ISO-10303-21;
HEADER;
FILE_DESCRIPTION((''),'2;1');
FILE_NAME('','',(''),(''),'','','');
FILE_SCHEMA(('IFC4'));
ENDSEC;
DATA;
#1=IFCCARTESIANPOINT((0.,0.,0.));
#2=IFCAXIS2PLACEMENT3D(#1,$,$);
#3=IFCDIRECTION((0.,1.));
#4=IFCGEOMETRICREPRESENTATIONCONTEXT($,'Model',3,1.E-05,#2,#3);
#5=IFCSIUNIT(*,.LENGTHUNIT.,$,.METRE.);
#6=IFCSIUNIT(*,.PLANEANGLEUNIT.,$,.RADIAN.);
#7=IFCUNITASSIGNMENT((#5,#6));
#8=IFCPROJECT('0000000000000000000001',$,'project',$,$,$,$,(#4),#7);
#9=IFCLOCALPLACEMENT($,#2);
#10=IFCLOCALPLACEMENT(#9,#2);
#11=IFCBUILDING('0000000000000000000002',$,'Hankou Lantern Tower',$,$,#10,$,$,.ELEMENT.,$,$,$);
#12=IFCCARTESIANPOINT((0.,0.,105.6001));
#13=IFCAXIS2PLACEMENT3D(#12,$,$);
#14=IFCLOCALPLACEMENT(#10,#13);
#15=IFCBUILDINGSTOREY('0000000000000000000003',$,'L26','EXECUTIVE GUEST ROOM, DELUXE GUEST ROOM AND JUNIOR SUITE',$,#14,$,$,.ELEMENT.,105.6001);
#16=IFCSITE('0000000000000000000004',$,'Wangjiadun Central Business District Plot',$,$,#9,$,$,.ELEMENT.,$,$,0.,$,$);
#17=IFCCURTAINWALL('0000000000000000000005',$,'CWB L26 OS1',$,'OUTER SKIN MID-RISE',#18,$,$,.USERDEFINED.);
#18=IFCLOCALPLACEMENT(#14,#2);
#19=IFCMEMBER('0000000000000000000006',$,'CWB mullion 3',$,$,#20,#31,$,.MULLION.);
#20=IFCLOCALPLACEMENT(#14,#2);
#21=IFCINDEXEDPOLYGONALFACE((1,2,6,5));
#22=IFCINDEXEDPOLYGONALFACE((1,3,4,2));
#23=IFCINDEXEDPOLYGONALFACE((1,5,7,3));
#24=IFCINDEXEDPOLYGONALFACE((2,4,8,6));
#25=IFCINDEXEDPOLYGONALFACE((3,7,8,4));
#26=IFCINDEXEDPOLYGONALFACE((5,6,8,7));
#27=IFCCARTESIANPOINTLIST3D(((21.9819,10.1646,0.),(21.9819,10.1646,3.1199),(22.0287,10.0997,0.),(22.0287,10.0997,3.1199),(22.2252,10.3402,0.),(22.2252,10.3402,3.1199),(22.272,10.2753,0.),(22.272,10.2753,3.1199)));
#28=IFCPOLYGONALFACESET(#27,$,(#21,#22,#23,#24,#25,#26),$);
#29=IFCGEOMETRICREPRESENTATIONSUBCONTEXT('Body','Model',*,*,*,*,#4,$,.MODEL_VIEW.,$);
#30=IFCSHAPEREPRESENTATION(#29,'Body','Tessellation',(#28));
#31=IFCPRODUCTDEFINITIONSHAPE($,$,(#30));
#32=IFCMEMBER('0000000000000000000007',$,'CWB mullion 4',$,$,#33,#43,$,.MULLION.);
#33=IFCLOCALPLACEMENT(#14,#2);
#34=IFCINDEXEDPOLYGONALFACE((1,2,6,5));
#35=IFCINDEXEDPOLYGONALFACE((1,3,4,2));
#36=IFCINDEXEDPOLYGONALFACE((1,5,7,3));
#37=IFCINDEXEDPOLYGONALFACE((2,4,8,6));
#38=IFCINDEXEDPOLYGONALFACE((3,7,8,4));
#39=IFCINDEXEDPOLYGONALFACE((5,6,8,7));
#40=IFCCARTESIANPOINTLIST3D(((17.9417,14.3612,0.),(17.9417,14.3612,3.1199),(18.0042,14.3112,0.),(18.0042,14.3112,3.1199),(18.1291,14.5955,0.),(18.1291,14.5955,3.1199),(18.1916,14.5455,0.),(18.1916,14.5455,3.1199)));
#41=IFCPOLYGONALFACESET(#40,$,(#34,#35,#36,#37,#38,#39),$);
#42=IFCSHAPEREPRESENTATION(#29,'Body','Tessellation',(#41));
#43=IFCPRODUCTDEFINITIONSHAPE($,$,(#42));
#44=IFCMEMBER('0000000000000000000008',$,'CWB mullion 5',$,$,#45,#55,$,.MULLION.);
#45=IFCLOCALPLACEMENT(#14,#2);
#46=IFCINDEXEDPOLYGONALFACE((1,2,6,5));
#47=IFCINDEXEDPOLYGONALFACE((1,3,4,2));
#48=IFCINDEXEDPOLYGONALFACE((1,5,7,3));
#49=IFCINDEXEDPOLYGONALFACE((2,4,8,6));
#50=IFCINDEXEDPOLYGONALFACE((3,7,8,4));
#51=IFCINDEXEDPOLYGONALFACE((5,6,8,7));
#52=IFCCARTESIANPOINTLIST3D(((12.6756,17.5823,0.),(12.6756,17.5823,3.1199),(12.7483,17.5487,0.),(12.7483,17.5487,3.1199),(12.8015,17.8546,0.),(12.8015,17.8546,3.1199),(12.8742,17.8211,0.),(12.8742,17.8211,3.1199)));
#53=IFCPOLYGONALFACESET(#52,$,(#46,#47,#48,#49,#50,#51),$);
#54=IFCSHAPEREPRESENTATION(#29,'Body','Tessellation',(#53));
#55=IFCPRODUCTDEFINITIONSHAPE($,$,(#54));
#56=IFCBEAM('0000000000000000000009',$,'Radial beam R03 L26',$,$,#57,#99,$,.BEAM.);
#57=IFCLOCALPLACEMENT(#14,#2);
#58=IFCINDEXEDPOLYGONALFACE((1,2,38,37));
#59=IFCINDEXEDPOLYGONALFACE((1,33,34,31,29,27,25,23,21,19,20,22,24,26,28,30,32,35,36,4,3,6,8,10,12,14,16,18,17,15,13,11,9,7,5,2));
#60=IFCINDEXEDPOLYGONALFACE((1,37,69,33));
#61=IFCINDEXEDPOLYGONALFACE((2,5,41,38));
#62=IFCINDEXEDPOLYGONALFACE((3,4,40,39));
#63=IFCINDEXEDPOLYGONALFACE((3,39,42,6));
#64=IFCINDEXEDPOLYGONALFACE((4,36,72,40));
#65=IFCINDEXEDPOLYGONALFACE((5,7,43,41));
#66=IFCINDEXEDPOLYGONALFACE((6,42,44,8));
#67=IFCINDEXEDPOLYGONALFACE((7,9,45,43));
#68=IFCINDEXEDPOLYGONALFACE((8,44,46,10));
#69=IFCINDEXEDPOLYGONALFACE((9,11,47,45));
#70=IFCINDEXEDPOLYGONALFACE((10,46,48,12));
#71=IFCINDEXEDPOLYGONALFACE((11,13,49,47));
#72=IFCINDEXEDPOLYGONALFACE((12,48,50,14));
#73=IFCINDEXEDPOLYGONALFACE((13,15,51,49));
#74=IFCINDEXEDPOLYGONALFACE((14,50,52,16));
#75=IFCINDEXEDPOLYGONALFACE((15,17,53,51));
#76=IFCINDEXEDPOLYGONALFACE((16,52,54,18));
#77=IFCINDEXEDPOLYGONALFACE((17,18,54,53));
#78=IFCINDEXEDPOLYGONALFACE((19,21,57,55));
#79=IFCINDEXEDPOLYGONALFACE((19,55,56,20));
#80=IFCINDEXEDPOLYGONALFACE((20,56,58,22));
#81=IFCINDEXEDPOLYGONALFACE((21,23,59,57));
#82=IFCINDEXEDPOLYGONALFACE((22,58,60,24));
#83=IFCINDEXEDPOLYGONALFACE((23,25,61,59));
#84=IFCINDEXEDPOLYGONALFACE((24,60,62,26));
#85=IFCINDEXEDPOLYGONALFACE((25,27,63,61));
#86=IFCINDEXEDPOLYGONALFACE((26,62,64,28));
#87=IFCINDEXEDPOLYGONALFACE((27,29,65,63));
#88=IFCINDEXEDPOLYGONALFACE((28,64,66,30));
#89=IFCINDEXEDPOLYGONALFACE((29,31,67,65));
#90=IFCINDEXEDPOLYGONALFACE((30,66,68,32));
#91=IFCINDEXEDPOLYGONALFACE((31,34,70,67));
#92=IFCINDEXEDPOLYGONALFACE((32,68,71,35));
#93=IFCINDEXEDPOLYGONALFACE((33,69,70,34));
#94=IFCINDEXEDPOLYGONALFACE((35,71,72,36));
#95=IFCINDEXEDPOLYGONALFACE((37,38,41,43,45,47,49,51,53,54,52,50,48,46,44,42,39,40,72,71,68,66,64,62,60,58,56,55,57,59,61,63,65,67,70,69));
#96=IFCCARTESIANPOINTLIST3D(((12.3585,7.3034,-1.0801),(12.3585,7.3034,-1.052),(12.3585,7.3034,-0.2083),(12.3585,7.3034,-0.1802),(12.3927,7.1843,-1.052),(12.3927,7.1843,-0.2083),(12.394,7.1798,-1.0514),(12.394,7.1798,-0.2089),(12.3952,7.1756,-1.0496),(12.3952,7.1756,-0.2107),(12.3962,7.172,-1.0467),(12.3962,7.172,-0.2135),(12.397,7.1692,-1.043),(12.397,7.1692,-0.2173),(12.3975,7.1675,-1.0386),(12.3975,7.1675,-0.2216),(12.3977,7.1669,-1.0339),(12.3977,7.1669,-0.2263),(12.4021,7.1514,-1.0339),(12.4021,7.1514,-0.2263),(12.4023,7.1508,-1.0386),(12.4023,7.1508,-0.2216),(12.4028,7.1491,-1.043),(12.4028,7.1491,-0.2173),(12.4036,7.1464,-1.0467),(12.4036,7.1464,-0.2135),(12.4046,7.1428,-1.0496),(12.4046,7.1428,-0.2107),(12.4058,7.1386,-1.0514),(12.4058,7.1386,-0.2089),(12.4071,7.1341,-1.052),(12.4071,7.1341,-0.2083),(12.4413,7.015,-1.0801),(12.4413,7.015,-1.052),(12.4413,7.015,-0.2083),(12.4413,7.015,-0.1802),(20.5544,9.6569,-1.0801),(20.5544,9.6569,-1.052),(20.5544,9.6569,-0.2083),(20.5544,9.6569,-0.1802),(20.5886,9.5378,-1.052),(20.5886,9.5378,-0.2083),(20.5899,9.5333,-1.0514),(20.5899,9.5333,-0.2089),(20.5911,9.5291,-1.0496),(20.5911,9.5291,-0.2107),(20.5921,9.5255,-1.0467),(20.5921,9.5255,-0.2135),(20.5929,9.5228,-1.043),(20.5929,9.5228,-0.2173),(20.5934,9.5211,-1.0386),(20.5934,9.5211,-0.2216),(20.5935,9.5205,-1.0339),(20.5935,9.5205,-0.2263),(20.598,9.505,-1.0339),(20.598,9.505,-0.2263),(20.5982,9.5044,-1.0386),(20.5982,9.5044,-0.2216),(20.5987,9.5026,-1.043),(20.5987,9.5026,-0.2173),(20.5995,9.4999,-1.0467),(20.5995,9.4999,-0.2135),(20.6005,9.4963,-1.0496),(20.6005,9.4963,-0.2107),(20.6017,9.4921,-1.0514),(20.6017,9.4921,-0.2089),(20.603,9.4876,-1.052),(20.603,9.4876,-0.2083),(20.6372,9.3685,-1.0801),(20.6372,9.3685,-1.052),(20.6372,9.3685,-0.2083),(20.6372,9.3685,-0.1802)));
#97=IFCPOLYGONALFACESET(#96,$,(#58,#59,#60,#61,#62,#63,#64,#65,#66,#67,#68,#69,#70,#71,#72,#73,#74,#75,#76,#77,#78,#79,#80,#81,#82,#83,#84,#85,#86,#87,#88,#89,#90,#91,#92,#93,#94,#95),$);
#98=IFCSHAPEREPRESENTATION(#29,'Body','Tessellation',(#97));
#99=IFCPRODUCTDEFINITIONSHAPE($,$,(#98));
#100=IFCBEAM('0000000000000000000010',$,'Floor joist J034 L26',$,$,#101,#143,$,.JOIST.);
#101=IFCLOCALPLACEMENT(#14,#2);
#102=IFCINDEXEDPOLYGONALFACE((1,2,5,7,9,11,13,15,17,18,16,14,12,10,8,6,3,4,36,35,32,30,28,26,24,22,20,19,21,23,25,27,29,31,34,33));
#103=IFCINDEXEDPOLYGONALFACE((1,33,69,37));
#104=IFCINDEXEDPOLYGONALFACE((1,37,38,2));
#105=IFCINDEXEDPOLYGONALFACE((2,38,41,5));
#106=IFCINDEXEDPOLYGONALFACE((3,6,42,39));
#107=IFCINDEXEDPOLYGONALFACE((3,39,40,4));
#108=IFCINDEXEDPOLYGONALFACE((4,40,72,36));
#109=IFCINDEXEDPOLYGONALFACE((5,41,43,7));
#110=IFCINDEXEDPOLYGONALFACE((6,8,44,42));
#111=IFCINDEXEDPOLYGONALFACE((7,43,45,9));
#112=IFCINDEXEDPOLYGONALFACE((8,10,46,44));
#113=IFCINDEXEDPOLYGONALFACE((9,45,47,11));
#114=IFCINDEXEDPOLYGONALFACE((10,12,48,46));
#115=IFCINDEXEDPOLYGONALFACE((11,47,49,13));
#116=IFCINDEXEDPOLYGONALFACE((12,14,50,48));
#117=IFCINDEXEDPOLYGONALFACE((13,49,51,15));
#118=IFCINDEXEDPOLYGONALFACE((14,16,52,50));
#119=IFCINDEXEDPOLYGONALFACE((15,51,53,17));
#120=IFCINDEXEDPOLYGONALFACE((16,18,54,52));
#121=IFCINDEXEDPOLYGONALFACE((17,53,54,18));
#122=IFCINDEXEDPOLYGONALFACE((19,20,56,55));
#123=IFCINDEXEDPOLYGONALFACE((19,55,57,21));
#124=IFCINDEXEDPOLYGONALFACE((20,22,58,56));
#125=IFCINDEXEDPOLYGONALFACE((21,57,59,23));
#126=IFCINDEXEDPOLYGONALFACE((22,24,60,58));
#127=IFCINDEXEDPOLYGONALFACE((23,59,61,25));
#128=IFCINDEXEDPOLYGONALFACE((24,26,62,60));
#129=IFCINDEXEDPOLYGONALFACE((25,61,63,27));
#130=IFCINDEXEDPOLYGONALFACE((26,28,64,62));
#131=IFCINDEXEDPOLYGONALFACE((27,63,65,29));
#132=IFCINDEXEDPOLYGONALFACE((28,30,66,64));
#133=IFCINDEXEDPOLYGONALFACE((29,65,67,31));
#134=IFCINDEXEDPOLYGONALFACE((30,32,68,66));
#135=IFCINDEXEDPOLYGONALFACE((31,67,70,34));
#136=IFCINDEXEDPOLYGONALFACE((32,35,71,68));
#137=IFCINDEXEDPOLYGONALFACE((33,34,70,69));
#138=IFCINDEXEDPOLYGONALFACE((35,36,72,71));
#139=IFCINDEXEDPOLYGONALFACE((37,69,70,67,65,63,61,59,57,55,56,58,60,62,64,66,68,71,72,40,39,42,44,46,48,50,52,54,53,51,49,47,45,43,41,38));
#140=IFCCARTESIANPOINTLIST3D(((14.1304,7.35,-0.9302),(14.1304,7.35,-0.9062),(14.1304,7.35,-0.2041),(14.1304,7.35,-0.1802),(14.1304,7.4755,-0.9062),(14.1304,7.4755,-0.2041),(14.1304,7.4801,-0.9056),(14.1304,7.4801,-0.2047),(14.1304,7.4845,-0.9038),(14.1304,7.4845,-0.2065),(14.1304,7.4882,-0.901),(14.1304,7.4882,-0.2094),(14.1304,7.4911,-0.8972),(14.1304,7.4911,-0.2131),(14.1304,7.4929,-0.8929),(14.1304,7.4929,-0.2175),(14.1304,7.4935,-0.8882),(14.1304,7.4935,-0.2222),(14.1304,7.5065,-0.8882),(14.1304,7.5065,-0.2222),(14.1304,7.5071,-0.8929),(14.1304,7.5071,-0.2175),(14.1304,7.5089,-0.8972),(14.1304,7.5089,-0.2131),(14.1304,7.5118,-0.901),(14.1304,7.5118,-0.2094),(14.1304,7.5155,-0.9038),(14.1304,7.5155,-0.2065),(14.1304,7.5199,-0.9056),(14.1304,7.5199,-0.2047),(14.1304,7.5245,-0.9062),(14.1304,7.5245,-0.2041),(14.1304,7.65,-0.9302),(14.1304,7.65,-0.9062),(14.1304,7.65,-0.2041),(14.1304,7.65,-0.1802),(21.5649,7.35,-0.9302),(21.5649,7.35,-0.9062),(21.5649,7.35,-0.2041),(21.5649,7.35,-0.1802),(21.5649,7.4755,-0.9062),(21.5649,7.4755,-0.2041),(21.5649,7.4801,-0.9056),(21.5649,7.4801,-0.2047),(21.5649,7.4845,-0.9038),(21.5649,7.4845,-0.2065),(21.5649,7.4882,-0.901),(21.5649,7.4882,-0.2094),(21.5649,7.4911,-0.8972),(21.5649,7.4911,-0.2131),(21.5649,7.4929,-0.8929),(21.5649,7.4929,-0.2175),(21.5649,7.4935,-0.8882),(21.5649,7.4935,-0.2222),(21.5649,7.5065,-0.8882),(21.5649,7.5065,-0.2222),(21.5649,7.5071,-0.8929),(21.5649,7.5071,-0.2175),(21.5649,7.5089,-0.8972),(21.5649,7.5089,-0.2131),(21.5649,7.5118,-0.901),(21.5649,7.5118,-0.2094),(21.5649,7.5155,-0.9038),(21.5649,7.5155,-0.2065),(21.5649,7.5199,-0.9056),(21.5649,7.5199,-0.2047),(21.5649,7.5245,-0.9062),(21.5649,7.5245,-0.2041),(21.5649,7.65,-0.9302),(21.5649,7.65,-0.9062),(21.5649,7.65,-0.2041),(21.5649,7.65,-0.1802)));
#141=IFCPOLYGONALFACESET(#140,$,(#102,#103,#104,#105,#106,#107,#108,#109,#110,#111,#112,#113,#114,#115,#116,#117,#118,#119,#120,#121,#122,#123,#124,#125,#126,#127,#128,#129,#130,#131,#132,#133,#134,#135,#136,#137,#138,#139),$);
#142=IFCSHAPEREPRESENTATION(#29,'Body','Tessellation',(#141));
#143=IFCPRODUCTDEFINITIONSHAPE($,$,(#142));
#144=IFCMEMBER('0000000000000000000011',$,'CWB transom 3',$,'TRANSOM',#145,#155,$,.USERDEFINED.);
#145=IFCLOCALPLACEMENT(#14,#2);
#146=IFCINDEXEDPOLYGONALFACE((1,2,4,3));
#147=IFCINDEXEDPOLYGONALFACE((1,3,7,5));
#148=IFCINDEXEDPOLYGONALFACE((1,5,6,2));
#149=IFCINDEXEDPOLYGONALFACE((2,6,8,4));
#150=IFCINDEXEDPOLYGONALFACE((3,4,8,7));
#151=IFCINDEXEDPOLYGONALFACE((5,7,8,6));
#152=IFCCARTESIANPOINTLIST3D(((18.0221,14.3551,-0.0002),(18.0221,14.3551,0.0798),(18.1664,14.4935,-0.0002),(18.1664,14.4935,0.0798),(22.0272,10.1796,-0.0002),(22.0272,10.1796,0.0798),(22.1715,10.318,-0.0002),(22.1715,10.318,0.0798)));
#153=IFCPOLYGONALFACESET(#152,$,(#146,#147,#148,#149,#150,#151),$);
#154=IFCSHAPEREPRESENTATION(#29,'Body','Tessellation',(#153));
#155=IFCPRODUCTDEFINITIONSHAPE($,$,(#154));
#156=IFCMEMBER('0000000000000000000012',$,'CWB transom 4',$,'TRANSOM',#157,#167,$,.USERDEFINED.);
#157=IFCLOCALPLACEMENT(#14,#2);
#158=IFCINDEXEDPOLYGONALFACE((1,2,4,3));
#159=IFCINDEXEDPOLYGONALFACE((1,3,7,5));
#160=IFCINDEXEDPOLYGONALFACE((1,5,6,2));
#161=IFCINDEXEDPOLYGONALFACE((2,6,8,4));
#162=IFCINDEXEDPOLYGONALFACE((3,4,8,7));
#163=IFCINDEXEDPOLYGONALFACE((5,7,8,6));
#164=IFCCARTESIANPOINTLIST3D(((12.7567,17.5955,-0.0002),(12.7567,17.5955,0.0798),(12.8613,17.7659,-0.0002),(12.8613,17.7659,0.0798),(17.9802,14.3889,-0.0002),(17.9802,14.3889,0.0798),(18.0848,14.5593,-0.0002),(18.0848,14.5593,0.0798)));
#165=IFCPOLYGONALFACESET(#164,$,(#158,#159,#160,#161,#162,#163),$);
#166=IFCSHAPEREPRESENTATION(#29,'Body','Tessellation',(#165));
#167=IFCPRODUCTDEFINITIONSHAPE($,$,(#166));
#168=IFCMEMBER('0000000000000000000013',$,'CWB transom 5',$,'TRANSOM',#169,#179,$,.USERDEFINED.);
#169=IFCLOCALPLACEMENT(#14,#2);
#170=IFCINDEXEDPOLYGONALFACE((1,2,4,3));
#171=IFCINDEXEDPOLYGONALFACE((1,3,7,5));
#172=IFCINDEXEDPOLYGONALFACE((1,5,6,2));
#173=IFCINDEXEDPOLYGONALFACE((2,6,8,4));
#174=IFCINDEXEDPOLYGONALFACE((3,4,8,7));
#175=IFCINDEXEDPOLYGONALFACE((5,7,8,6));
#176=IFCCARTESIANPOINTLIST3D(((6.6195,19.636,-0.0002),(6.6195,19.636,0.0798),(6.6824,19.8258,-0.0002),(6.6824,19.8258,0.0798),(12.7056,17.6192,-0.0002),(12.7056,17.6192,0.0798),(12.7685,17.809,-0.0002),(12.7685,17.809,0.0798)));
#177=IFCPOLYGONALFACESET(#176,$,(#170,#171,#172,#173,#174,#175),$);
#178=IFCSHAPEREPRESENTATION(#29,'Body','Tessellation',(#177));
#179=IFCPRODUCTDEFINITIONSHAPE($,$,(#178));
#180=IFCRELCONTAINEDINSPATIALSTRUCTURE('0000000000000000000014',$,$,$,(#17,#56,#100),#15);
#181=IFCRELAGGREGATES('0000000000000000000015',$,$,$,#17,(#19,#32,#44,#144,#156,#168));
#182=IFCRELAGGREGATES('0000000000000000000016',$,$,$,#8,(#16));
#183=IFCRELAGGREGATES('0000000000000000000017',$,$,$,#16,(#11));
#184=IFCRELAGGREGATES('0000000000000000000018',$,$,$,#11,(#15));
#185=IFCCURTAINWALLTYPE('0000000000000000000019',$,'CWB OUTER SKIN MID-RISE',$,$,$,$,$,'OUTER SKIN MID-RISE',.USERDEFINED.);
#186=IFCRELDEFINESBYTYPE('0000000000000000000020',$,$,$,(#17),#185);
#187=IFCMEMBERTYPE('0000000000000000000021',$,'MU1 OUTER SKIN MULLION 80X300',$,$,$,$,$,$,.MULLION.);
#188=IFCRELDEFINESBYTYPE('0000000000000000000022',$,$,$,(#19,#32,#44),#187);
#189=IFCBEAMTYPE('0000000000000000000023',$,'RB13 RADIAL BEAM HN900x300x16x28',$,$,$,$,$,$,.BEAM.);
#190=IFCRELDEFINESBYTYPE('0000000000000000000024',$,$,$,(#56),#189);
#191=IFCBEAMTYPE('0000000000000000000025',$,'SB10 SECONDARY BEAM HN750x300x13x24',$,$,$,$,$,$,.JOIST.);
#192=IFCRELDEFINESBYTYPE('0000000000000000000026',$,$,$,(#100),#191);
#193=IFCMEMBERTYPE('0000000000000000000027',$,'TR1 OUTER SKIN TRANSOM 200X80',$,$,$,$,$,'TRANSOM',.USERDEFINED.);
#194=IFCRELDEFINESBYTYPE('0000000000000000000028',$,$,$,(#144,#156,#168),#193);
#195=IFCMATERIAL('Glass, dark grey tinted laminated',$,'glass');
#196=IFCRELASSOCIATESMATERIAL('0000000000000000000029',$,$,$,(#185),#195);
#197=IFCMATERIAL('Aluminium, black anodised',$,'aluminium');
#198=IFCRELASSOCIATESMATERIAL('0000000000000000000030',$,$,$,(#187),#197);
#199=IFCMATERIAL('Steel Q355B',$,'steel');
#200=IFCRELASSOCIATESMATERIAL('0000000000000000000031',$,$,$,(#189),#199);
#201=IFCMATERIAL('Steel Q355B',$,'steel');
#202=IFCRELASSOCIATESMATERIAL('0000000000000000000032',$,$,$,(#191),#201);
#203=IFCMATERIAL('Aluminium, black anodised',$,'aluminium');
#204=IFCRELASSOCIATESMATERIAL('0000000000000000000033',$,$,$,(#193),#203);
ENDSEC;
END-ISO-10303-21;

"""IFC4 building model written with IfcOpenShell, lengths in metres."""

from ifc_helpers import new_model, si_unit, direction, frame, origin, origin_2d, place, context, subcontext, project, spatial, rectangle, i_section, extrude, material, material_profile, profile_set, type_object, element, aggregate, save


model = new_model("IFC4")

# Units and contexts
model_context = context("Model", 3, precision=1e-05, world=origin(), true_north=direction((0.0, 1.0)))
body_context = subcontext(model_context, "Body", "Model", "MODEL_VIEW")
ifc_project = project(units=[si_unit("LENGTHUNIT", "METRE"), si_unit("PLANEANGLEUNIT", "RADIAN")], contexts=[model_context])

# Site, building, storey
site_placement = place(None, origin())
site = spatial("IfcSite", under=ifc_project, at=site_placement, Name="Wangjiadun Central Business District Plot", CompositionType="ELEMENT", RefElevation=0.0)
building_placement = place(site_placement, origin())
building = spatial("IfcBuilding", under=site, at=building_placement, Name="Hankou Lantern Tower", CompositionType="ELEMENT")
storey_placement = place(building_placement, frame((0.0, 0.0, 105.6001)))
storey = spatial("IfcBuildingStorey", under=building, at=storey_placement, Name="L26", Description="EXECUTIVE GUEST ROOM, DELUXE GUEST ROOM AND JUNIOR SUITE", CompositionType="ELEMENT", Elevation=105.6001)

# Curtain wall, members
ifc_material_1 = material(Name="Glass, dark grey tinted laminated", Category="glass")
curtain_wall_type = type_object("IfcCurtainWallType", Name="CWB OUTER SKIN MID-RISE", ElementType="OUTER SKIN MID-RISE", PredefinedType="USERDEFINED", material=ifc_material_1)
curtain_wall_placement = place(storey_placement, origin())
curtain_wall = element("IfcCurtainWall", 1, at=curtain_wall_placement, inside=storey, type_object=curtain_wall_type, Name="CWB L26 OS1", ObjectType="OUTER SKIN MID-RISE", PredefinedType="USERDEFINED")
ifc_material_2 = material(Name="Aluminium, black anodised", Category="aluminium")
ifc_material_profile_1 = material_profile(ifc_material_2, rectangle(XDim=0.0801, YDim=0.3, at=origin_2d()), Name="MU1 80X300")
ifc_profile_set_1 = profile_set([ifc_material_profile_1], Name="Aluminium, black anodised")
member_type_1 = type_object("IfcMemberType", Name="MU1 OUTER SKIN MULLION 80X300", PredefinedType="MULLION", material=ifc_profile_set_1)
member_1_placement = place(storey_placement, frame((22.127, 10.22, 0.0), z_axis=(0.0, 0.0, 1.0), x_axis=(-0.585206, 0.810885, 0.0)))
member_1 = element("IfcMember", 2, at=member_1_placement, type_object=member_type_1, Name="CWB mullion 3", PredefinedType="MULLION", context=body_context, shape_type="SweptSolid", body=[
    extrude(rectangle(XDim=0.0801, YDim=0.3, at=origin_2d()), origin(), (0.0, 0.0, 1.0), 3.1199),
])
member_2_placement = place(storey_placement, frame((18.0667, 14.4534, 0.0), z_axis=(0.0, 0.0, 1.0), x_axis=(-0.780869, 0.624695, 0.0)))
member_2 = element("IfcMember", 3, at=member_2_placement, type_object=member_type_1, Name="CWB mullion 4", PredefinedType="MULLION", context=body_context, shape_type="SweptSolid", body=[
    extrude(rectangle(XDim=0.0801, YDim=0.3, at=origin_2d()), origin(), (0.0, 0.0, 1.0), 3.1199),
])
member_3_placement = place(storey_placement, frame((12.7749, 17.7017, 0.0), z_axis=(0.0, 0.0, 1.0), x_axis=(-0.907841, 0.419314, 0.0)))
member_3 = element("IfcMember", 4, at=member_3_placement, type_object=member_type_1, Name="CWB mullion 5", PredefinedType="MULLION", context=body_context, shape_type="SweptSolid", body=[
    extrude(rectangle(XDim=0.0801, YDim=0.3, at=origin_2d()), origin(), (0.0, 0.0, 1.0), 3.1199),
])

# Beams
ifc_material_3 = material(Name="Steel Q355B", Category="steel")
ifc_material_profile_2 = material_profile(ifc_material_3, i_section(OverallWidth=0.3, OverallDepth=0.8999, WebThickness=0.0161, FlangeThickness=0.0281, FilletRadius=0.0181, at=origin_2d()), Name="HN900x300x16x28")
ifc_profile_set_2 = profile_set([ifc_material_profile_2], Name="Steel Q355B")
beam_type_1 = type_object("IfcBeamType", Name="RB13 RADIAL BEAM HN900x300x16x28", PredefinedType="BEAM", material=ifc_profile_set_2)
beam_1_placement = place(storey_placement, frame((12.3999, 7.1592, -0.6301), z_axis=(0.961156, 0.276007, 0.0), x_axis=(-0.276007, 0.961156, 0.0)))
element("IfcBeam", 5, at=beam_1_placement, inside=storey, type_object=beam_type_1, Name="Radial beam R03 L26", PredefinedType="BEAM", context=body_context, shape_type="SweptSolid", body=[
    extrude(i_section(OverallWidth=0.3, OverallDepth=0.8999, WebThickness=0.0161, FlangeThickness=0.0281, FilletRadius=0.0181, at=origin_2d()), origin(), (0.0, 0.0, 1.0), 8.5271),
])
ifc_material_4 = material(Name="Steel Q355B", Category="steel")
ifc_material_profile_3 = material_profile(ifc_material_4, i_section(OverallWidth=0.3, OverallDepth=0.75, WebThickness=0.0129, FlangeThickness=0.0239, FilletRadius=0.0181, at=origin_2d()), Name="HN750x300x13x24")
ifc_profile_set_3 = profile_set([ifc_material_profile_3], Name="Steel Q355B")
beam_type_2 = type_object("IfcBeamType", Name="SB10 SECONDARY BEAM HN750x300x13x24", PredefinedType="JOIST", material=ifc_profile_set_3)
beam_2_placement = place(storey_placement, frame((14.1304, 7.5, -0.5552), z_axis=(1.0, 0.0, 0.0), x_axis=(0.0, 1.0, 0.0)))
element("IfcBeam", 6, at=beam_2_placement, inside=storey, type_object=beam_type_2, Name="Floor joist J034 L26", PredefinedType="JOIST", context=body_context, shape_type="SweptSolid", body=[
    extrude(i_section(OverallWidth=0.3, OverallDepth=0.75, WebThickness=0.0129, FlangeThickness=0.0239, FilletRadius=0.0181, at=origin_2d()), origin(), (0.0, 0.0, 1.0), 7.4346),
])

# Members
ifc_material_5 = material(Name="Aluminium, black anodised", Category="aluminium")
ifc_material_profile_4 = material_profile(ifc_material_5, rectangle(XDim=0.2, YDim=0.0801, at=origin_2d()), Name="TR1 200X80")
ifc_profile_set_4 = profile_set([ifc_material_profile_4], Name="Aluminium, black anodised")
member_type_2 = type_object("IfcMemberType", Name="TR1 OUTER SKIN TRANSOM 200X80", ElementType="TRANSOM", PredefinedType="USERDEFINED", material=ifc_profile_set_4)
member_4_placement = place(storey_placement, frame((22.0994, 10.2488, 0.0398), z_axis=(-0.692227, 0.72168, 0.0), x_axis=(-0.72168, -0.692227, 0.0)))
member_4 = element("IfcMember", 7, at=member_4_placement, type_object=member_type_2, Name="CWB transom 3", ObjectType="TRANSOM", PredefinedType="USERDEFINED", context=body_context, shape_type="SweptSolid", body=[
    extrude(rectangle(XDim=0.2, YDim=0.0801, at=origin_2d()), origin(), (0.0, 0.0, 1.0), 5.7859),
])
member_5_placement = place(storey_placement, frame((18.0325, 14.4741, 0.0398), z_axis=(-0.852229, 0.523168, 0.0), x_axis=(-0.523168, -0.852229, 0.0)))
member_5 = element("IfcMember", 8, at=member_5_placement, type_object=member_type_2, Name="CWB transom 4", ObjectType="TRANSOM", PredefinedType="USERDEFINED", context=body_context, shape_type="SweptSolid", body=[
    extrude(rectangle(XDim=0.2, YDim=0.0801, at=origin_2d()), origin(), (0.0, 0.0, 1.0), 6.1292),
])
member_6_placement = place(storey_placement, frame((12.7371, 17.7141, 0.0398), z_axis=(-0.949238, 0.314559, 0.0), x_axis=(-0.314559, -0.949238, 0.0)))
member_6 = element("IfcMember", 9, at=member_6_placement, type_object=member_type_2, Name="CWB transom 5", ObjectType="TRANSOM", PredefinedType="USERDEFINED", context=body_context, shape_type="SweptSolid", body=[
    extrude(rectangle(XDim=0.2, YDim=0.0801, at=origin_2d()), origin(), (0.0, 0.0, 1.0), 6.4116),
])

aggregate(curtain_wall, [member_1, member_2, member_3, member_4, member_5, member_6])

save(model, "model.ifc")
